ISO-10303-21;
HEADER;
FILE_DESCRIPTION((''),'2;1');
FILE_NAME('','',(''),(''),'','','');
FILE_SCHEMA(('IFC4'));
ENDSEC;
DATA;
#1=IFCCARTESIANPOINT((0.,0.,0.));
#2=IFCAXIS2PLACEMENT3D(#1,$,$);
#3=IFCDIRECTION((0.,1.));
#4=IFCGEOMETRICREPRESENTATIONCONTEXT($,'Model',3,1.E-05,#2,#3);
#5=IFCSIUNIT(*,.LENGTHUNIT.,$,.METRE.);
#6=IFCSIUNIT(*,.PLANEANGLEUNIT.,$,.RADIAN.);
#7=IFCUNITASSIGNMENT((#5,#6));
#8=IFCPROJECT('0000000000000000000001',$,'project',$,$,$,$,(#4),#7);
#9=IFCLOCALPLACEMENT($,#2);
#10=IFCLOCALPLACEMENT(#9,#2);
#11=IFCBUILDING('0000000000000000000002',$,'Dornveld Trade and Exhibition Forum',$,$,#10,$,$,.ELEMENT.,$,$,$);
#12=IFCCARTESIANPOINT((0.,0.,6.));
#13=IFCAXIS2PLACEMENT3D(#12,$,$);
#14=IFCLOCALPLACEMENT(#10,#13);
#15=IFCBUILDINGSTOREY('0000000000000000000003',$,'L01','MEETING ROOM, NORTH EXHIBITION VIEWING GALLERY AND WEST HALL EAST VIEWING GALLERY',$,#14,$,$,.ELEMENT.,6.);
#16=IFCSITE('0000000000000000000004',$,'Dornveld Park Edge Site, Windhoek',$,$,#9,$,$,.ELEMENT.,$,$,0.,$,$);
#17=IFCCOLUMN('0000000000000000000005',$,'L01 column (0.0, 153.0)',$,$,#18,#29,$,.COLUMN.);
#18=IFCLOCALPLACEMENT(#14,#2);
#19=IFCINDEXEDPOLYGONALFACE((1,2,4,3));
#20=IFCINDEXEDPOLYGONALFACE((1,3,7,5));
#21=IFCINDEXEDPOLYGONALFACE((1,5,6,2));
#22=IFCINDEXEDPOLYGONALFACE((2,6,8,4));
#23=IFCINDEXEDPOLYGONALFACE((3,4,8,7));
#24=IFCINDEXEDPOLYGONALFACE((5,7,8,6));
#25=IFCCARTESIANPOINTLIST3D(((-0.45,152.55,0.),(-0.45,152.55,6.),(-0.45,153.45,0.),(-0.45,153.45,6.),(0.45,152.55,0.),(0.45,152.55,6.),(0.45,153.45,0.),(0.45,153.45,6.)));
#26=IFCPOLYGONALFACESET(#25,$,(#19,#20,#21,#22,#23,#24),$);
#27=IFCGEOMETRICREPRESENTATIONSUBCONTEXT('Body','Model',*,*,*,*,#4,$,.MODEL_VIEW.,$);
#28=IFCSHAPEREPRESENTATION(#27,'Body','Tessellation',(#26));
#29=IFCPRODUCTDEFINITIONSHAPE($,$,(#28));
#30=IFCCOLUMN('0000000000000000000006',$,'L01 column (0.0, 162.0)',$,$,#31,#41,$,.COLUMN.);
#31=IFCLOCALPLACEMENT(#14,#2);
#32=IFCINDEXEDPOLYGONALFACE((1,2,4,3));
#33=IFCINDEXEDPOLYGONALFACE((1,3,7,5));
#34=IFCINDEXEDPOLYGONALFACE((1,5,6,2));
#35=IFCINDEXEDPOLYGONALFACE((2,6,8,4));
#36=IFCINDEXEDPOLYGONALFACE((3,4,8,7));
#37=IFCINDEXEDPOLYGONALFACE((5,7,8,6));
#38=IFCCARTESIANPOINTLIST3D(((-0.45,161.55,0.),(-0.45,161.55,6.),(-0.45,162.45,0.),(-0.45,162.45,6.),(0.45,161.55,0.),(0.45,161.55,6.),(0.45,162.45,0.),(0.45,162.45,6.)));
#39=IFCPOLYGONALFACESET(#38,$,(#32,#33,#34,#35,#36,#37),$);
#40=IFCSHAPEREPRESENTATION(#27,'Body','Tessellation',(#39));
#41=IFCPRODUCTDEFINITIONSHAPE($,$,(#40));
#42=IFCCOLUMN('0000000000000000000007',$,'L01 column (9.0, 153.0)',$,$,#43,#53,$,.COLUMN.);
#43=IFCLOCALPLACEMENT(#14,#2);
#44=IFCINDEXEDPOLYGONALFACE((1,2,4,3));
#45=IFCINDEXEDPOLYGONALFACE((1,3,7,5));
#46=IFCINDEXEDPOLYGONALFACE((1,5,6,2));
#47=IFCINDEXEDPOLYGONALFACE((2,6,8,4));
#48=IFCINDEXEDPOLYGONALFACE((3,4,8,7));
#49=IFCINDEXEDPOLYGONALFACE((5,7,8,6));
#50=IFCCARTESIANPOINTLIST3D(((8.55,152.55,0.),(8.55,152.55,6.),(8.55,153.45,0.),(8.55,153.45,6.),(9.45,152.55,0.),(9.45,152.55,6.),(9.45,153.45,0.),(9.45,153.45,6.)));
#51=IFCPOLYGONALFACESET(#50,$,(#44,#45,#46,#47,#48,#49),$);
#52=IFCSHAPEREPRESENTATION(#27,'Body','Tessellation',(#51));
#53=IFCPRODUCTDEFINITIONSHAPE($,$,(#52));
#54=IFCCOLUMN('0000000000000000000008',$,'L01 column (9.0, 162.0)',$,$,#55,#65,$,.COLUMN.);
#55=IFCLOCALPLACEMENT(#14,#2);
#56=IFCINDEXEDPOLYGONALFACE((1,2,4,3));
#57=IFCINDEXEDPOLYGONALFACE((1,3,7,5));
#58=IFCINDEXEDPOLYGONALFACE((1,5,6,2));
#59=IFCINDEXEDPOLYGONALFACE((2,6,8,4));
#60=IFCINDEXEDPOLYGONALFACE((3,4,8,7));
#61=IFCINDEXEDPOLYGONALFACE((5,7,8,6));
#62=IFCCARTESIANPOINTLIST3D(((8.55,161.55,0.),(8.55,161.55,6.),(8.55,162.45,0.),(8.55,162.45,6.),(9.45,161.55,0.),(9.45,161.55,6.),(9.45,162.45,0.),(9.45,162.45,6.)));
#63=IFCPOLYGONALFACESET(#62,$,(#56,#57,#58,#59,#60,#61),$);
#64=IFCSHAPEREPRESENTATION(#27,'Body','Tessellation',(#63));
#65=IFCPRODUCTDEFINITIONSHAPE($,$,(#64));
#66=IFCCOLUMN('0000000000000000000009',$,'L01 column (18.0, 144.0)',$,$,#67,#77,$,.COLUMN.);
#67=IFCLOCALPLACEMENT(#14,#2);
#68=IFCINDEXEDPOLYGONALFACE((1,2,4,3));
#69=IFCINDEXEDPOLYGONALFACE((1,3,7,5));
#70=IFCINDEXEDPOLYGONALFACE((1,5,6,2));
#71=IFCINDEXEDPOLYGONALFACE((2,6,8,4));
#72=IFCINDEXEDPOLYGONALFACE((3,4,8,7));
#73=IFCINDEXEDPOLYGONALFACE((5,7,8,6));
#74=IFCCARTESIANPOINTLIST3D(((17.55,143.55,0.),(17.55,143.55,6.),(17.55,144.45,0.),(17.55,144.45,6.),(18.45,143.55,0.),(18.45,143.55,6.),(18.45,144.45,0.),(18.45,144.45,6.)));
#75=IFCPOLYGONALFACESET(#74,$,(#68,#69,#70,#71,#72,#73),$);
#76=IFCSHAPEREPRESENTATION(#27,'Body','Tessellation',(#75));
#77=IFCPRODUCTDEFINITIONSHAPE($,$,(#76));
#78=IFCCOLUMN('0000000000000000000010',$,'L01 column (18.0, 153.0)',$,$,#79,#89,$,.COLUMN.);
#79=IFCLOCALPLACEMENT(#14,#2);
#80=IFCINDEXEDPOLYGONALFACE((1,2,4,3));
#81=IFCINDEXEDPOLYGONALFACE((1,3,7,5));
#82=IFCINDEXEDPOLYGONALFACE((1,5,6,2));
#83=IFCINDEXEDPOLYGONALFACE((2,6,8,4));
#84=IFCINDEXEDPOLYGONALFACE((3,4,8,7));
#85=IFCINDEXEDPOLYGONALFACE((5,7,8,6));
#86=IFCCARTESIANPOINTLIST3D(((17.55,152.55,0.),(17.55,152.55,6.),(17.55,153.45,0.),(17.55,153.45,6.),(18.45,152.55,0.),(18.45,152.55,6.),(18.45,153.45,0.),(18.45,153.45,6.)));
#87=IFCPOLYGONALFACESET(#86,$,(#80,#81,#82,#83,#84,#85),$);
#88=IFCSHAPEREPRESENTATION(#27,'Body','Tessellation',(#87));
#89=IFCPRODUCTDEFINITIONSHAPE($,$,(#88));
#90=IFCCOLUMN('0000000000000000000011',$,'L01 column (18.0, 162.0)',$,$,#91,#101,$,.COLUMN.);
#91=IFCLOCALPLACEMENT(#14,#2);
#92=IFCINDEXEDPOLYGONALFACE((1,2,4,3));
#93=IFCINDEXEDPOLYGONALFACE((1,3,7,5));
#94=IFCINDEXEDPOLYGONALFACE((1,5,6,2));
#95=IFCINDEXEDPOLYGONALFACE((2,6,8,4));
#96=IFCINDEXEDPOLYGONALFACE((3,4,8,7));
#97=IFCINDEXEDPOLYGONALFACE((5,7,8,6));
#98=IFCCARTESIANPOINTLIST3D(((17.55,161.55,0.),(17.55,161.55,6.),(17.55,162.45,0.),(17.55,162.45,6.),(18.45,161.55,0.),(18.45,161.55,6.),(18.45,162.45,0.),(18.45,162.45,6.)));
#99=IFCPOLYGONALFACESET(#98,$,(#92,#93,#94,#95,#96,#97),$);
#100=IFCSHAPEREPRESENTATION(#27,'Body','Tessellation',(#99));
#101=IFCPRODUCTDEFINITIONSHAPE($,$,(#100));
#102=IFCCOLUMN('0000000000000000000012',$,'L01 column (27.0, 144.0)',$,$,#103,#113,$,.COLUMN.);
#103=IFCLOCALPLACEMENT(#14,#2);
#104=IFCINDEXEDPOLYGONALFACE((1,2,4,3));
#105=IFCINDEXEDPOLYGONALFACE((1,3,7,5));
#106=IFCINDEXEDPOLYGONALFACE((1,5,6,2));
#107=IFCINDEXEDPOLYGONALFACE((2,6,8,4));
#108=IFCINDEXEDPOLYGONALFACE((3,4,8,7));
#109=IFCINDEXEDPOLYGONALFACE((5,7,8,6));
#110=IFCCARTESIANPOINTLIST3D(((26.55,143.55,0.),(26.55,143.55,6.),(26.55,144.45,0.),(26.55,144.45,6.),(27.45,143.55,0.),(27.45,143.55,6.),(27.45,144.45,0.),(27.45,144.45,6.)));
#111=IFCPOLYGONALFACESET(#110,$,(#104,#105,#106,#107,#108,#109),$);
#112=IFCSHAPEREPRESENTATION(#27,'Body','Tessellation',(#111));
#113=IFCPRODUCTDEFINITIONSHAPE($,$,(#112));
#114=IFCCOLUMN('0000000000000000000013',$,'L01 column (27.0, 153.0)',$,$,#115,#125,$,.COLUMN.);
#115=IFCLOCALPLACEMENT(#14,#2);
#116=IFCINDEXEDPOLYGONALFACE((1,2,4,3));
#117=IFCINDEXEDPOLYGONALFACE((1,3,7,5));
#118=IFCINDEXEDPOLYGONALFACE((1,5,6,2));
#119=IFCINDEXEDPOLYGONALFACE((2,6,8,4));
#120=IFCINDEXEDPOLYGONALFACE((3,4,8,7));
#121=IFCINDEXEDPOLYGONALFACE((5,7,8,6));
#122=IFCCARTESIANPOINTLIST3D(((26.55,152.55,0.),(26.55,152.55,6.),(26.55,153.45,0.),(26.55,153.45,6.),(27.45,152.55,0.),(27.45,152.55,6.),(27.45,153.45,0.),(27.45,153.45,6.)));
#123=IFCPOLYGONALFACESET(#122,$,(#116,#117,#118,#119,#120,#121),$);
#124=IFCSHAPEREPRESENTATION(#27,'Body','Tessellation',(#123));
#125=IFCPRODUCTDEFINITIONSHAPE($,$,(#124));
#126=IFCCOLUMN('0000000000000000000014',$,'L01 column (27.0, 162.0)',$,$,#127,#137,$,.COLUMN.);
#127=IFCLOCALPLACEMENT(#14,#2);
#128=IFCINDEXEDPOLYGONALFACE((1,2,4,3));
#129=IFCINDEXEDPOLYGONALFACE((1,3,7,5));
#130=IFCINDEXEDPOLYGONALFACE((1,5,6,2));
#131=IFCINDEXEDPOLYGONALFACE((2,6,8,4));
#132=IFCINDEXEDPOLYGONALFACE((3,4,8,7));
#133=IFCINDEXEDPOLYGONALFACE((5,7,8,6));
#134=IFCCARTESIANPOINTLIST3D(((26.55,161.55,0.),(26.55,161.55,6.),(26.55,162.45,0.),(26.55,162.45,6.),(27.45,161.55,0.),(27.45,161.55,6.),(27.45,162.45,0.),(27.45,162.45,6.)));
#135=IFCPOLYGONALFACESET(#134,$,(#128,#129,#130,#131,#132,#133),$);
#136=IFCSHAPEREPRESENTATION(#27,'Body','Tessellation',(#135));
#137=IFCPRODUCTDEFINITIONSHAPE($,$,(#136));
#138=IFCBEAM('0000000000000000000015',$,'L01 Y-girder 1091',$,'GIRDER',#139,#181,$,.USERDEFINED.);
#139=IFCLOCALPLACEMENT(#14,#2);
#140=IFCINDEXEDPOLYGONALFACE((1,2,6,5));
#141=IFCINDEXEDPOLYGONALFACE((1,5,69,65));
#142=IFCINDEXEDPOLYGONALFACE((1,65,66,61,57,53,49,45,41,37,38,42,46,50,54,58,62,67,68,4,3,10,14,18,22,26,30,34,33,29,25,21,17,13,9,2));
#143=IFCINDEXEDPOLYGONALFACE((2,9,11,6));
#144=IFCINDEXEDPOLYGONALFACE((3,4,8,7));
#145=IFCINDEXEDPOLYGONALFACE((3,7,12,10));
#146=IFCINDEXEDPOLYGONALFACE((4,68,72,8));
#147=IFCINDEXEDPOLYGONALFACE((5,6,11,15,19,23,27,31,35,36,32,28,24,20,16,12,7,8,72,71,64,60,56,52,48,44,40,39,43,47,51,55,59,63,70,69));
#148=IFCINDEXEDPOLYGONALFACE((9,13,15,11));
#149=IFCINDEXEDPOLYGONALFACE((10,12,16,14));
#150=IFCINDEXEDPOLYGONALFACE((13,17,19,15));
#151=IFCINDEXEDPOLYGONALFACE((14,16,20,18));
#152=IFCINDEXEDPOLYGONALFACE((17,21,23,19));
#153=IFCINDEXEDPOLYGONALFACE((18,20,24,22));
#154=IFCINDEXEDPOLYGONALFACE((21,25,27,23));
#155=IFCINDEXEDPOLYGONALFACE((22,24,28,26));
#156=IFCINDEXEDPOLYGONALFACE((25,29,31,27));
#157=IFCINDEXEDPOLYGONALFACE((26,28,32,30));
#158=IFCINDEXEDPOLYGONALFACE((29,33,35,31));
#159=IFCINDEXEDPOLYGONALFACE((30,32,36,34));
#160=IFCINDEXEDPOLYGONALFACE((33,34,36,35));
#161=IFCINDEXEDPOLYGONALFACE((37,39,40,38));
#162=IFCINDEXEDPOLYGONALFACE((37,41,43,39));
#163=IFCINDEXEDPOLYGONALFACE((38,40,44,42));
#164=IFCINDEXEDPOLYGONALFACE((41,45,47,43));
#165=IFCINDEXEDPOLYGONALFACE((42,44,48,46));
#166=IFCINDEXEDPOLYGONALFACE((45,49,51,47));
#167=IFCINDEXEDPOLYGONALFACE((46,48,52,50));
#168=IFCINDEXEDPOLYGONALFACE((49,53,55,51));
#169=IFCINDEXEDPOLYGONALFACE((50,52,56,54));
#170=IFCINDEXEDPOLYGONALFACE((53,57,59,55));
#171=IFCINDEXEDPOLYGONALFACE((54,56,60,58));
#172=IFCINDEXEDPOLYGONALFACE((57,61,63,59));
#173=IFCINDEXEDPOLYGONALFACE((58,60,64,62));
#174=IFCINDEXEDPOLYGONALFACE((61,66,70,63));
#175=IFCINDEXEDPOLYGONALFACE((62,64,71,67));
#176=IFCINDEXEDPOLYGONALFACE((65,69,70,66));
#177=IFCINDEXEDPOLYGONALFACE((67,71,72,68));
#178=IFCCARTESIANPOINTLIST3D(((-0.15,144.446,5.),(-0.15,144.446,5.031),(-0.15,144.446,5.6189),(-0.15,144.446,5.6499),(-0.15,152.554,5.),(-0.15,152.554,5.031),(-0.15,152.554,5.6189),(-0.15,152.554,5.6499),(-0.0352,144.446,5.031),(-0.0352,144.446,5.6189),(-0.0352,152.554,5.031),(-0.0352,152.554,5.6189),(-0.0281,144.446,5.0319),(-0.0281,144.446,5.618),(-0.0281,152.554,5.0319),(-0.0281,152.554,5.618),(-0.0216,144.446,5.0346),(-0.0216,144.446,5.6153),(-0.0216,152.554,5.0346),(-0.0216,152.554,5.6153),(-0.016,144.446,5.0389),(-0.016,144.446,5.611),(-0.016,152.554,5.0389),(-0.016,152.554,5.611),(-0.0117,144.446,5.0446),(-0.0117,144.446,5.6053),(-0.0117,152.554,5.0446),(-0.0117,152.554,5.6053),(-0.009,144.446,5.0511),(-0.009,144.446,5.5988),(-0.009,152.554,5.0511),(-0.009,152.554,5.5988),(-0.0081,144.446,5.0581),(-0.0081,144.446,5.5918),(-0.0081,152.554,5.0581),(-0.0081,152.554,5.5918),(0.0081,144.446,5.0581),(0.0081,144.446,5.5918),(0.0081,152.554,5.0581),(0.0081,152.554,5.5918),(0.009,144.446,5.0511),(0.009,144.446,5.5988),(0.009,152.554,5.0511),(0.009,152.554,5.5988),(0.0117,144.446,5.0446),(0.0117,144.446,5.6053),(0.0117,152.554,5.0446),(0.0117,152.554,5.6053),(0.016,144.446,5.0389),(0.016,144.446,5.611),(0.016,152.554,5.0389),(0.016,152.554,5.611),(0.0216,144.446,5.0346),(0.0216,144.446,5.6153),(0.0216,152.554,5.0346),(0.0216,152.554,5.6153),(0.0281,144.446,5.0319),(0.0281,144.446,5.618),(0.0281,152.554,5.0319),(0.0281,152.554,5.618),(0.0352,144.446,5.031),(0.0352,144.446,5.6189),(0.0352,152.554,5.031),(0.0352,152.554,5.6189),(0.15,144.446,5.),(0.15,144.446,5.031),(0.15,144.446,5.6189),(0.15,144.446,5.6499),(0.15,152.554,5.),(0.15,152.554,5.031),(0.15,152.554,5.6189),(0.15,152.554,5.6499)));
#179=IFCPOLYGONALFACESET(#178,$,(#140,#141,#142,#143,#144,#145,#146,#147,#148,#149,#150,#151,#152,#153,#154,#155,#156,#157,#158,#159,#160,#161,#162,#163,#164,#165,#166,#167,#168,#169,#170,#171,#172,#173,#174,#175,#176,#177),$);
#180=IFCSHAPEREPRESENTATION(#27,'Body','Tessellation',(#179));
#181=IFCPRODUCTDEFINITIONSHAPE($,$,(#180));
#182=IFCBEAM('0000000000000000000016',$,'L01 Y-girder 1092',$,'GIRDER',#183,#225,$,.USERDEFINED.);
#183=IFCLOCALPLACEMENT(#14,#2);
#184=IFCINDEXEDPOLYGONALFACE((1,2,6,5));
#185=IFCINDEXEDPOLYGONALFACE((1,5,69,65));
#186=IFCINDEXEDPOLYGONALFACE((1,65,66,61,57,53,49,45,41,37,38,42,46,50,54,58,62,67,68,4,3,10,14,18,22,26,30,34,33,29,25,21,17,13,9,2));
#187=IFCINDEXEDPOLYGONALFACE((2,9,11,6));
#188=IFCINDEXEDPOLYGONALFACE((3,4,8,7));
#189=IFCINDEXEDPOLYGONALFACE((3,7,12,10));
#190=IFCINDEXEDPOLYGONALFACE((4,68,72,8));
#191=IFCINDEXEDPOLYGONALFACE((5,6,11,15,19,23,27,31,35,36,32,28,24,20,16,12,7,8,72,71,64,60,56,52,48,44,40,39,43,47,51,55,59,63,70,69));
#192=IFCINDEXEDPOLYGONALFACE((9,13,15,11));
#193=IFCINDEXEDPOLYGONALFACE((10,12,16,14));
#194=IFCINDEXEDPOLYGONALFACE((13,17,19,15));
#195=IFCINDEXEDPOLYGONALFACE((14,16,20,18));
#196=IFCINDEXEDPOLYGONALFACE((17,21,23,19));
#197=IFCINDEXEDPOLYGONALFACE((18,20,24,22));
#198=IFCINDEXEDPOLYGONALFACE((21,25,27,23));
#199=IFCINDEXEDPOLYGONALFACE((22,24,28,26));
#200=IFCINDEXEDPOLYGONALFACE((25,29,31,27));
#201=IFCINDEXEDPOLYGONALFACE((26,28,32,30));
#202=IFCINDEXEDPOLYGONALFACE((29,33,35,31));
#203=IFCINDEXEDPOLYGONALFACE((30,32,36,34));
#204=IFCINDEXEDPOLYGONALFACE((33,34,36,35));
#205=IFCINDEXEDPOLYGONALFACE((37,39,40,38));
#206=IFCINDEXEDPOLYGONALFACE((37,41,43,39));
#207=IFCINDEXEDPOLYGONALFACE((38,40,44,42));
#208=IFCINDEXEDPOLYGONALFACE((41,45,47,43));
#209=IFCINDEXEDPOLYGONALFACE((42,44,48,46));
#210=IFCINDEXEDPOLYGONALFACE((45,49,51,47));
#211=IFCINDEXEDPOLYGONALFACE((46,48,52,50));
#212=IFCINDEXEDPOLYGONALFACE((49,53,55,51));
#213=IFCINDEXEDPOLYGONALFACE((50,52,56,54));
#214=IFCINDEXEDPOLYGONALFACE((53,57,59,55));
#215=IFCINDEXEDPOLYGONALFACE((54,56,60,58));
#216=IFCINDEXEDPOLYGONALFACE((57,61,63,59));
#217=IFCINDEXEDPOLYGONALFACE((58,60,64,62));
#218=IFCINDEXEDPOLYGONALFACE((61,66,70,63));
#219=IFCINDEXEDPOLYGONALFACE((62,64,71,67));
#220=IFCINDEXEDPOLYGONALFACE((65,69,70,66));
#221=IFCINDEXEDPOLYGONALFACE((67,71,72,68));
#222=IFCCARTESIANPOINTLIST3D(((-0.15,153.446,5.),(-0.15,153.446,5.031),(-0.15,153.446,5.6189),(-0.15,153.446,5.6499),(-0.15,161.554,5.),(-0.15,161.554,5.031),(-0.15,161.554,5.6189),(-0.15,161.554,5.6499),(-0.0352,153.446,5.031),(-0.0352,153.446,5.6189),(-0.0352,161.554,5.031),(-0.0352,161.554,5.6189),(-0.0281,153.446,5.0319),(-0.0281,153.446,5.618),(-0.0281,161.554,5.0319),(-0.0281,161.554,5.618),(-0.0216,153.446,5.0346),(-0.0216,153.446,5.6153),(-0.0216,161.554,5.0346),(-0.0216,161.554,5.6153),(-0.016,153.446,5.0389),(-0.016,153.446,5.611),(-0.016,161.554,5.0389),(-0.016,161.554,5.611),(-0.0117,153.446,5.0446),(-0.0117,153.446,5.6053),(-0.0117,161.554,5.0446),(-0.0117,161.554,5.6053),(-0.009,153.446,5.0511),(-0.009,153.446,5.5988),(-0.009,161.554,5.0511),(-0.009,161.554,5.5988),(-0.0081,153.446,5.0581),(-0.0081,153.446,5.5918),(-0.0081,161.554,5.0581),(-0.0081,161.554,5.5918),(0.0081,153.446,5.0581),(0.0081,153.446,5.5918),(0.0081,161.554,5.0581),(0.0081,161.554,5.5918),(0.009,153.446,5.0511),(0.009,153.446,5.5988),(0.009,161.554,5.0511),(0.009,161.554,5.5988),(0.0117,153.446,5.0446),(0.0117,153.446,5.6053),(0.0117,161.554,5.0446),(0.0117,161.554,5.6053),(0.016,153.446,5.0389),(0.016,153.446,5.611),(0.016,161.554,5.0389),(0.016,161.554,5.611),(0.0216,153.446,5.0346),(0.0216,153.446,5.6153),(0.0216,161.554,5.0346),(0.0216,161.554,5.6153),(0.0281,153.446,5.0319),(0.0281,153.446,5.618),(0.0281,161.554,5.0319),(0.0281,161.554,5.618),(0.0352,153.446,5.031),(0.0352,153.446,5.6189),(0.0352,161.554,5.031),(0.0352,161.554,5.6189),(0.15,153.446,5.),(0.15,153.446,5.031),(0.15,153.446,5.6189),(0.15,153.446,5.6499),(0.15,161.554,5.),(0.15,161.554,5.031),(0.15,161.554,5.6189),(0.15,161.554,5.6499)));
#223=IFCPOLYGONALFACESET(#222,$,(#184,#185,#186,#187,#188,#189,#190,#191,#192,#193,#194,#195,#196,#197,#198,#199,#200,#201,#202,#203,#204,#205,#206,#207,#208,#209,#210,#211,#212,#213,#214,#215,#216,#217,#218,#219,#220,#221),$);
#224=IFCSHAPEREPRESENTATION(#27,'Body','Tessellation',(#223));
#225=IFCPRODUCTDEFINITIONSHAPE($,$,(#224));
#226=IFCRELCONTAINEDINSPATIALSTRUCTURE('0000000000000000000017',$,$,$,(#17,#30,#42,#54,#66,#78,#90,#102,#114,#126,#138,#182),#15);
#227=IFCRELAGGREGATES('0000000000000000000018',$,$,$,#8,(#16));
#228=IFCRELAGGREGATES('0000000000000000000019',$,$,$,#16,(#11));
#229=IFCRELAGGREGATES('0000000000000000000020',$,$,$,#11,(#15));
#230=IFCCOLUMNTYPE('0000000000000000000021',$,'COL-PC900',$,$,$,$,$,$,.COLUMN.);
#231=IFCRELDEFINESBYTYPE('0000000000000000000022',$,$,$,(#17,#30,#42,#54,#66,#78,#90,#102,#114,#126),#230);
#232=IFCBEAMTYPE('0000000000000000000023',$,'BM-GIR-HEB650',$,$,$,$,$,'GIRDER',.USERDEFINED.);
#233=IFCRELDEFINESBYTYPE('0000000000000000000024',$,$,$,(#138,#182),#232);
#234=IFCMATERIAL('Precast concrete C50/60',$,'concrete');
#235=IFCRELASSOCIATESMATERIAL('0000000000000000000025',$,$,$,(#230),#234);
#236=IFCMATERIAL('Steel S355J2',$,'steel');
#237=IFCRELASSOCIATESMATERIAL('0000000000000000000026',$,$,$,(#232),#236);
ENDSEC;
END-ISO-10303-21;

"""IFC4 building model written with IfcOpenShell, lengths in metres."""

from ifc_helpers import new_model, si_unit, direction, frame, origin, origin_2d, place, context, subcontext, project, spatial, rectangle, i_section, extrude, material, material_profile, profile_set, type_object, element, save


model = new_model("IFC4")

# Units and contexts
model_context = context("Model", 3, precision=1e-05, world=origin(), true_north=direction((0.0, 1.0)))
body_context = subcontext(model_context, "Body", "Model", "MODEL_VIEW")
ifc_project = project(units=[si_unit("LENGTHUNIT", "METRE"), si_unit("PLANEANGLEUNIT", "RADIAN")], contexts=[model_context])

# Site, building, storey
site_placement = place(None, origin())
site = spatial("IfcSite", under=ifc_project, at=site_placement, Name="Dornveld Park Edge Site, Windhoek", CompositionType="ELEMENT", RefElevation=0.0)
building_placement = place(site_placement, origin())
building = spatial("IfcBuilding", under=site, at=building_placement, Name="Dornveld Trade and Exhibition Forum", CompositionType="ELEMENT")
storey_placement = place(building_placement, frame((0.0, 0.0, 6.0)))
storey = spatial("IfcBuildingStorey", under=building, at=storey_placement, Name="L01", Description="MEETING ROOM, NORTH EXHIBITION VIEWING GALLERY AND WEST HALL EAST VIEWING GALLERY", CompositionType="ELEMENT", Elevation=6.0)

# Columns
ifc_material_1 = material(Name="Precast concrete C50/60", Category="concrete")
ifc_material_profile_1 = material_profile(ifc_material_1, rectangle(XDim=0.8999, YDim=0.8999, at=origin_2d()), Name="PC-COL 900x900")
ifc_profile_set_1 = profile_set([ifc_material_profile_1], Name="Precast concrete C50/60")
column_type = type_object("IfcColumnType", Name="COL-PC900", PredefinedType="COLUMN", material=ifc_profile_set_1)
for number, where, z_axis, x_axis, name in (
    (1, (0.0, 153.0, 0.0), (0.0, 0.0, 1.0), (1.0, 0.0, 0.0), "L01 column (0.0, 153.0)"),
    (2, (0.0, 162.0, 0.0), (0.0, 0.0, 1.0), (1.0, 0.0, 0.0), "L01 column (0.0, 162.0)"),
    (3, (9.0, 153.0, 0.0), (0.0, 0.0, 1.0), (1.0, 0.0, 0.0), "L01 column (9.0, 153.0)"),
    (4, (9.0, 162.0, 0.0), (0.0, 0.0, 1.0), (1.0, 0.0, 0.0), "L01 column (9.0, 162.0)"),
    (5, (18.0, 144.0, 0.0), (0.0, 0.0, 1.0), (1.0, 0.0, 0.0), "L01 column (18.0, 144.0)"),
    (6, (18.0, 153.0, 0.0), (0.0, 0.0, 1.0), (1.0, 0.0, 0.0), "L01 column (18.0, 153.0)"),
    (7, (18.0, 162.0, 0.0), (0.0, 0.0, 1.0), (1.0, 0.0, 0.0), "L01 column (18.0, 162.0)"),
    (8, (27.0, 144.0, 0.0), (0.0, 0.0, 1.0), (1.0, 0.0, 0.0), "L01 column (27.0, 144.0)"),
    (9, (27.0, 153.0, 0.0), (0.0, 0.0, 1.0), (1.0, 0.0, 0.0), "L01 column (27.0, 153.0)"),
    (10, (27.0, 162.0, 0.0), (0.0, 0.0, 1.0), (1.0, 0.0, 0.0), "L01 column (27.0, 162.0)"),
):
    element("IfcColumn", number, at=place(storey_placement, frame(where, z_axis=z_axis, x_axis=x_axis)), inside=storey, type_object=column_type, Name=name, PredefinedType="COLUMN", context=body_context, shape_type="SweptSolid", body=[
        extrude(rectangle(XDim=0.8999, YDim=0.8999, at=origin_2d()), origin(), (0.0, 0.0, 1.0), 6.0),
    ])

# Beams
ifc_material_2 = material(Name="Steel S355J2", Category="steel")
ifc_material_profile_2 = material_profile(ifc_material_2, i_section(OverallWidth=0.3, OverallDepth=0.6499, WebThickness=0.0161, FlangeThickness=0.031, FilletRadius=0.0271, at=origin_2d()), Name="HEB 650")
ifc_profile_set_2 = profile_set([ifc_material_profile_2], Name="Steel S355J2")
beam_type_1 = type_object("IfcBeamType", Name="BM-GIR-HEB650", ElementType="GIRDER", PredefinedType="USERDEFINED", material=ifc_profile_set_2)
for number, where, z_axis, x_axis, name in (
    (11, (0.0, 144.446, 5.325), (0.0, 1.0, 0.0), (-1.0, 0.0, 0.0), "L01 Y-girder 1091"),
    (12, (0.0, 153.446, 5.325), (0.0, 1.0, 0.0), (-1.0, 0.0, 0.0), "L01 Y-girder 1092"),
):
    element("IfcBeam", number, at=place(storey_placement, frame(where, z_axis=z_axis, x_axis=x_axis)), inside=storey, type_object=beam_type_1, Name=name, ObjectType="GIRDER", PredefinedType="USERDEFINED", context=body_context, shape_type="SweptSolid", body=[
        extrude(i_section(OverallWidth=0.3, OverallDepth=0.6499, WebThickness=0.0161, FlangeThickness=0.031, FilletRadius=0.0271, at=origin_2d()), origin(), (0.0, 0.0, 1.0), 8.1079),
    ])

save(model, "model.ifc")
